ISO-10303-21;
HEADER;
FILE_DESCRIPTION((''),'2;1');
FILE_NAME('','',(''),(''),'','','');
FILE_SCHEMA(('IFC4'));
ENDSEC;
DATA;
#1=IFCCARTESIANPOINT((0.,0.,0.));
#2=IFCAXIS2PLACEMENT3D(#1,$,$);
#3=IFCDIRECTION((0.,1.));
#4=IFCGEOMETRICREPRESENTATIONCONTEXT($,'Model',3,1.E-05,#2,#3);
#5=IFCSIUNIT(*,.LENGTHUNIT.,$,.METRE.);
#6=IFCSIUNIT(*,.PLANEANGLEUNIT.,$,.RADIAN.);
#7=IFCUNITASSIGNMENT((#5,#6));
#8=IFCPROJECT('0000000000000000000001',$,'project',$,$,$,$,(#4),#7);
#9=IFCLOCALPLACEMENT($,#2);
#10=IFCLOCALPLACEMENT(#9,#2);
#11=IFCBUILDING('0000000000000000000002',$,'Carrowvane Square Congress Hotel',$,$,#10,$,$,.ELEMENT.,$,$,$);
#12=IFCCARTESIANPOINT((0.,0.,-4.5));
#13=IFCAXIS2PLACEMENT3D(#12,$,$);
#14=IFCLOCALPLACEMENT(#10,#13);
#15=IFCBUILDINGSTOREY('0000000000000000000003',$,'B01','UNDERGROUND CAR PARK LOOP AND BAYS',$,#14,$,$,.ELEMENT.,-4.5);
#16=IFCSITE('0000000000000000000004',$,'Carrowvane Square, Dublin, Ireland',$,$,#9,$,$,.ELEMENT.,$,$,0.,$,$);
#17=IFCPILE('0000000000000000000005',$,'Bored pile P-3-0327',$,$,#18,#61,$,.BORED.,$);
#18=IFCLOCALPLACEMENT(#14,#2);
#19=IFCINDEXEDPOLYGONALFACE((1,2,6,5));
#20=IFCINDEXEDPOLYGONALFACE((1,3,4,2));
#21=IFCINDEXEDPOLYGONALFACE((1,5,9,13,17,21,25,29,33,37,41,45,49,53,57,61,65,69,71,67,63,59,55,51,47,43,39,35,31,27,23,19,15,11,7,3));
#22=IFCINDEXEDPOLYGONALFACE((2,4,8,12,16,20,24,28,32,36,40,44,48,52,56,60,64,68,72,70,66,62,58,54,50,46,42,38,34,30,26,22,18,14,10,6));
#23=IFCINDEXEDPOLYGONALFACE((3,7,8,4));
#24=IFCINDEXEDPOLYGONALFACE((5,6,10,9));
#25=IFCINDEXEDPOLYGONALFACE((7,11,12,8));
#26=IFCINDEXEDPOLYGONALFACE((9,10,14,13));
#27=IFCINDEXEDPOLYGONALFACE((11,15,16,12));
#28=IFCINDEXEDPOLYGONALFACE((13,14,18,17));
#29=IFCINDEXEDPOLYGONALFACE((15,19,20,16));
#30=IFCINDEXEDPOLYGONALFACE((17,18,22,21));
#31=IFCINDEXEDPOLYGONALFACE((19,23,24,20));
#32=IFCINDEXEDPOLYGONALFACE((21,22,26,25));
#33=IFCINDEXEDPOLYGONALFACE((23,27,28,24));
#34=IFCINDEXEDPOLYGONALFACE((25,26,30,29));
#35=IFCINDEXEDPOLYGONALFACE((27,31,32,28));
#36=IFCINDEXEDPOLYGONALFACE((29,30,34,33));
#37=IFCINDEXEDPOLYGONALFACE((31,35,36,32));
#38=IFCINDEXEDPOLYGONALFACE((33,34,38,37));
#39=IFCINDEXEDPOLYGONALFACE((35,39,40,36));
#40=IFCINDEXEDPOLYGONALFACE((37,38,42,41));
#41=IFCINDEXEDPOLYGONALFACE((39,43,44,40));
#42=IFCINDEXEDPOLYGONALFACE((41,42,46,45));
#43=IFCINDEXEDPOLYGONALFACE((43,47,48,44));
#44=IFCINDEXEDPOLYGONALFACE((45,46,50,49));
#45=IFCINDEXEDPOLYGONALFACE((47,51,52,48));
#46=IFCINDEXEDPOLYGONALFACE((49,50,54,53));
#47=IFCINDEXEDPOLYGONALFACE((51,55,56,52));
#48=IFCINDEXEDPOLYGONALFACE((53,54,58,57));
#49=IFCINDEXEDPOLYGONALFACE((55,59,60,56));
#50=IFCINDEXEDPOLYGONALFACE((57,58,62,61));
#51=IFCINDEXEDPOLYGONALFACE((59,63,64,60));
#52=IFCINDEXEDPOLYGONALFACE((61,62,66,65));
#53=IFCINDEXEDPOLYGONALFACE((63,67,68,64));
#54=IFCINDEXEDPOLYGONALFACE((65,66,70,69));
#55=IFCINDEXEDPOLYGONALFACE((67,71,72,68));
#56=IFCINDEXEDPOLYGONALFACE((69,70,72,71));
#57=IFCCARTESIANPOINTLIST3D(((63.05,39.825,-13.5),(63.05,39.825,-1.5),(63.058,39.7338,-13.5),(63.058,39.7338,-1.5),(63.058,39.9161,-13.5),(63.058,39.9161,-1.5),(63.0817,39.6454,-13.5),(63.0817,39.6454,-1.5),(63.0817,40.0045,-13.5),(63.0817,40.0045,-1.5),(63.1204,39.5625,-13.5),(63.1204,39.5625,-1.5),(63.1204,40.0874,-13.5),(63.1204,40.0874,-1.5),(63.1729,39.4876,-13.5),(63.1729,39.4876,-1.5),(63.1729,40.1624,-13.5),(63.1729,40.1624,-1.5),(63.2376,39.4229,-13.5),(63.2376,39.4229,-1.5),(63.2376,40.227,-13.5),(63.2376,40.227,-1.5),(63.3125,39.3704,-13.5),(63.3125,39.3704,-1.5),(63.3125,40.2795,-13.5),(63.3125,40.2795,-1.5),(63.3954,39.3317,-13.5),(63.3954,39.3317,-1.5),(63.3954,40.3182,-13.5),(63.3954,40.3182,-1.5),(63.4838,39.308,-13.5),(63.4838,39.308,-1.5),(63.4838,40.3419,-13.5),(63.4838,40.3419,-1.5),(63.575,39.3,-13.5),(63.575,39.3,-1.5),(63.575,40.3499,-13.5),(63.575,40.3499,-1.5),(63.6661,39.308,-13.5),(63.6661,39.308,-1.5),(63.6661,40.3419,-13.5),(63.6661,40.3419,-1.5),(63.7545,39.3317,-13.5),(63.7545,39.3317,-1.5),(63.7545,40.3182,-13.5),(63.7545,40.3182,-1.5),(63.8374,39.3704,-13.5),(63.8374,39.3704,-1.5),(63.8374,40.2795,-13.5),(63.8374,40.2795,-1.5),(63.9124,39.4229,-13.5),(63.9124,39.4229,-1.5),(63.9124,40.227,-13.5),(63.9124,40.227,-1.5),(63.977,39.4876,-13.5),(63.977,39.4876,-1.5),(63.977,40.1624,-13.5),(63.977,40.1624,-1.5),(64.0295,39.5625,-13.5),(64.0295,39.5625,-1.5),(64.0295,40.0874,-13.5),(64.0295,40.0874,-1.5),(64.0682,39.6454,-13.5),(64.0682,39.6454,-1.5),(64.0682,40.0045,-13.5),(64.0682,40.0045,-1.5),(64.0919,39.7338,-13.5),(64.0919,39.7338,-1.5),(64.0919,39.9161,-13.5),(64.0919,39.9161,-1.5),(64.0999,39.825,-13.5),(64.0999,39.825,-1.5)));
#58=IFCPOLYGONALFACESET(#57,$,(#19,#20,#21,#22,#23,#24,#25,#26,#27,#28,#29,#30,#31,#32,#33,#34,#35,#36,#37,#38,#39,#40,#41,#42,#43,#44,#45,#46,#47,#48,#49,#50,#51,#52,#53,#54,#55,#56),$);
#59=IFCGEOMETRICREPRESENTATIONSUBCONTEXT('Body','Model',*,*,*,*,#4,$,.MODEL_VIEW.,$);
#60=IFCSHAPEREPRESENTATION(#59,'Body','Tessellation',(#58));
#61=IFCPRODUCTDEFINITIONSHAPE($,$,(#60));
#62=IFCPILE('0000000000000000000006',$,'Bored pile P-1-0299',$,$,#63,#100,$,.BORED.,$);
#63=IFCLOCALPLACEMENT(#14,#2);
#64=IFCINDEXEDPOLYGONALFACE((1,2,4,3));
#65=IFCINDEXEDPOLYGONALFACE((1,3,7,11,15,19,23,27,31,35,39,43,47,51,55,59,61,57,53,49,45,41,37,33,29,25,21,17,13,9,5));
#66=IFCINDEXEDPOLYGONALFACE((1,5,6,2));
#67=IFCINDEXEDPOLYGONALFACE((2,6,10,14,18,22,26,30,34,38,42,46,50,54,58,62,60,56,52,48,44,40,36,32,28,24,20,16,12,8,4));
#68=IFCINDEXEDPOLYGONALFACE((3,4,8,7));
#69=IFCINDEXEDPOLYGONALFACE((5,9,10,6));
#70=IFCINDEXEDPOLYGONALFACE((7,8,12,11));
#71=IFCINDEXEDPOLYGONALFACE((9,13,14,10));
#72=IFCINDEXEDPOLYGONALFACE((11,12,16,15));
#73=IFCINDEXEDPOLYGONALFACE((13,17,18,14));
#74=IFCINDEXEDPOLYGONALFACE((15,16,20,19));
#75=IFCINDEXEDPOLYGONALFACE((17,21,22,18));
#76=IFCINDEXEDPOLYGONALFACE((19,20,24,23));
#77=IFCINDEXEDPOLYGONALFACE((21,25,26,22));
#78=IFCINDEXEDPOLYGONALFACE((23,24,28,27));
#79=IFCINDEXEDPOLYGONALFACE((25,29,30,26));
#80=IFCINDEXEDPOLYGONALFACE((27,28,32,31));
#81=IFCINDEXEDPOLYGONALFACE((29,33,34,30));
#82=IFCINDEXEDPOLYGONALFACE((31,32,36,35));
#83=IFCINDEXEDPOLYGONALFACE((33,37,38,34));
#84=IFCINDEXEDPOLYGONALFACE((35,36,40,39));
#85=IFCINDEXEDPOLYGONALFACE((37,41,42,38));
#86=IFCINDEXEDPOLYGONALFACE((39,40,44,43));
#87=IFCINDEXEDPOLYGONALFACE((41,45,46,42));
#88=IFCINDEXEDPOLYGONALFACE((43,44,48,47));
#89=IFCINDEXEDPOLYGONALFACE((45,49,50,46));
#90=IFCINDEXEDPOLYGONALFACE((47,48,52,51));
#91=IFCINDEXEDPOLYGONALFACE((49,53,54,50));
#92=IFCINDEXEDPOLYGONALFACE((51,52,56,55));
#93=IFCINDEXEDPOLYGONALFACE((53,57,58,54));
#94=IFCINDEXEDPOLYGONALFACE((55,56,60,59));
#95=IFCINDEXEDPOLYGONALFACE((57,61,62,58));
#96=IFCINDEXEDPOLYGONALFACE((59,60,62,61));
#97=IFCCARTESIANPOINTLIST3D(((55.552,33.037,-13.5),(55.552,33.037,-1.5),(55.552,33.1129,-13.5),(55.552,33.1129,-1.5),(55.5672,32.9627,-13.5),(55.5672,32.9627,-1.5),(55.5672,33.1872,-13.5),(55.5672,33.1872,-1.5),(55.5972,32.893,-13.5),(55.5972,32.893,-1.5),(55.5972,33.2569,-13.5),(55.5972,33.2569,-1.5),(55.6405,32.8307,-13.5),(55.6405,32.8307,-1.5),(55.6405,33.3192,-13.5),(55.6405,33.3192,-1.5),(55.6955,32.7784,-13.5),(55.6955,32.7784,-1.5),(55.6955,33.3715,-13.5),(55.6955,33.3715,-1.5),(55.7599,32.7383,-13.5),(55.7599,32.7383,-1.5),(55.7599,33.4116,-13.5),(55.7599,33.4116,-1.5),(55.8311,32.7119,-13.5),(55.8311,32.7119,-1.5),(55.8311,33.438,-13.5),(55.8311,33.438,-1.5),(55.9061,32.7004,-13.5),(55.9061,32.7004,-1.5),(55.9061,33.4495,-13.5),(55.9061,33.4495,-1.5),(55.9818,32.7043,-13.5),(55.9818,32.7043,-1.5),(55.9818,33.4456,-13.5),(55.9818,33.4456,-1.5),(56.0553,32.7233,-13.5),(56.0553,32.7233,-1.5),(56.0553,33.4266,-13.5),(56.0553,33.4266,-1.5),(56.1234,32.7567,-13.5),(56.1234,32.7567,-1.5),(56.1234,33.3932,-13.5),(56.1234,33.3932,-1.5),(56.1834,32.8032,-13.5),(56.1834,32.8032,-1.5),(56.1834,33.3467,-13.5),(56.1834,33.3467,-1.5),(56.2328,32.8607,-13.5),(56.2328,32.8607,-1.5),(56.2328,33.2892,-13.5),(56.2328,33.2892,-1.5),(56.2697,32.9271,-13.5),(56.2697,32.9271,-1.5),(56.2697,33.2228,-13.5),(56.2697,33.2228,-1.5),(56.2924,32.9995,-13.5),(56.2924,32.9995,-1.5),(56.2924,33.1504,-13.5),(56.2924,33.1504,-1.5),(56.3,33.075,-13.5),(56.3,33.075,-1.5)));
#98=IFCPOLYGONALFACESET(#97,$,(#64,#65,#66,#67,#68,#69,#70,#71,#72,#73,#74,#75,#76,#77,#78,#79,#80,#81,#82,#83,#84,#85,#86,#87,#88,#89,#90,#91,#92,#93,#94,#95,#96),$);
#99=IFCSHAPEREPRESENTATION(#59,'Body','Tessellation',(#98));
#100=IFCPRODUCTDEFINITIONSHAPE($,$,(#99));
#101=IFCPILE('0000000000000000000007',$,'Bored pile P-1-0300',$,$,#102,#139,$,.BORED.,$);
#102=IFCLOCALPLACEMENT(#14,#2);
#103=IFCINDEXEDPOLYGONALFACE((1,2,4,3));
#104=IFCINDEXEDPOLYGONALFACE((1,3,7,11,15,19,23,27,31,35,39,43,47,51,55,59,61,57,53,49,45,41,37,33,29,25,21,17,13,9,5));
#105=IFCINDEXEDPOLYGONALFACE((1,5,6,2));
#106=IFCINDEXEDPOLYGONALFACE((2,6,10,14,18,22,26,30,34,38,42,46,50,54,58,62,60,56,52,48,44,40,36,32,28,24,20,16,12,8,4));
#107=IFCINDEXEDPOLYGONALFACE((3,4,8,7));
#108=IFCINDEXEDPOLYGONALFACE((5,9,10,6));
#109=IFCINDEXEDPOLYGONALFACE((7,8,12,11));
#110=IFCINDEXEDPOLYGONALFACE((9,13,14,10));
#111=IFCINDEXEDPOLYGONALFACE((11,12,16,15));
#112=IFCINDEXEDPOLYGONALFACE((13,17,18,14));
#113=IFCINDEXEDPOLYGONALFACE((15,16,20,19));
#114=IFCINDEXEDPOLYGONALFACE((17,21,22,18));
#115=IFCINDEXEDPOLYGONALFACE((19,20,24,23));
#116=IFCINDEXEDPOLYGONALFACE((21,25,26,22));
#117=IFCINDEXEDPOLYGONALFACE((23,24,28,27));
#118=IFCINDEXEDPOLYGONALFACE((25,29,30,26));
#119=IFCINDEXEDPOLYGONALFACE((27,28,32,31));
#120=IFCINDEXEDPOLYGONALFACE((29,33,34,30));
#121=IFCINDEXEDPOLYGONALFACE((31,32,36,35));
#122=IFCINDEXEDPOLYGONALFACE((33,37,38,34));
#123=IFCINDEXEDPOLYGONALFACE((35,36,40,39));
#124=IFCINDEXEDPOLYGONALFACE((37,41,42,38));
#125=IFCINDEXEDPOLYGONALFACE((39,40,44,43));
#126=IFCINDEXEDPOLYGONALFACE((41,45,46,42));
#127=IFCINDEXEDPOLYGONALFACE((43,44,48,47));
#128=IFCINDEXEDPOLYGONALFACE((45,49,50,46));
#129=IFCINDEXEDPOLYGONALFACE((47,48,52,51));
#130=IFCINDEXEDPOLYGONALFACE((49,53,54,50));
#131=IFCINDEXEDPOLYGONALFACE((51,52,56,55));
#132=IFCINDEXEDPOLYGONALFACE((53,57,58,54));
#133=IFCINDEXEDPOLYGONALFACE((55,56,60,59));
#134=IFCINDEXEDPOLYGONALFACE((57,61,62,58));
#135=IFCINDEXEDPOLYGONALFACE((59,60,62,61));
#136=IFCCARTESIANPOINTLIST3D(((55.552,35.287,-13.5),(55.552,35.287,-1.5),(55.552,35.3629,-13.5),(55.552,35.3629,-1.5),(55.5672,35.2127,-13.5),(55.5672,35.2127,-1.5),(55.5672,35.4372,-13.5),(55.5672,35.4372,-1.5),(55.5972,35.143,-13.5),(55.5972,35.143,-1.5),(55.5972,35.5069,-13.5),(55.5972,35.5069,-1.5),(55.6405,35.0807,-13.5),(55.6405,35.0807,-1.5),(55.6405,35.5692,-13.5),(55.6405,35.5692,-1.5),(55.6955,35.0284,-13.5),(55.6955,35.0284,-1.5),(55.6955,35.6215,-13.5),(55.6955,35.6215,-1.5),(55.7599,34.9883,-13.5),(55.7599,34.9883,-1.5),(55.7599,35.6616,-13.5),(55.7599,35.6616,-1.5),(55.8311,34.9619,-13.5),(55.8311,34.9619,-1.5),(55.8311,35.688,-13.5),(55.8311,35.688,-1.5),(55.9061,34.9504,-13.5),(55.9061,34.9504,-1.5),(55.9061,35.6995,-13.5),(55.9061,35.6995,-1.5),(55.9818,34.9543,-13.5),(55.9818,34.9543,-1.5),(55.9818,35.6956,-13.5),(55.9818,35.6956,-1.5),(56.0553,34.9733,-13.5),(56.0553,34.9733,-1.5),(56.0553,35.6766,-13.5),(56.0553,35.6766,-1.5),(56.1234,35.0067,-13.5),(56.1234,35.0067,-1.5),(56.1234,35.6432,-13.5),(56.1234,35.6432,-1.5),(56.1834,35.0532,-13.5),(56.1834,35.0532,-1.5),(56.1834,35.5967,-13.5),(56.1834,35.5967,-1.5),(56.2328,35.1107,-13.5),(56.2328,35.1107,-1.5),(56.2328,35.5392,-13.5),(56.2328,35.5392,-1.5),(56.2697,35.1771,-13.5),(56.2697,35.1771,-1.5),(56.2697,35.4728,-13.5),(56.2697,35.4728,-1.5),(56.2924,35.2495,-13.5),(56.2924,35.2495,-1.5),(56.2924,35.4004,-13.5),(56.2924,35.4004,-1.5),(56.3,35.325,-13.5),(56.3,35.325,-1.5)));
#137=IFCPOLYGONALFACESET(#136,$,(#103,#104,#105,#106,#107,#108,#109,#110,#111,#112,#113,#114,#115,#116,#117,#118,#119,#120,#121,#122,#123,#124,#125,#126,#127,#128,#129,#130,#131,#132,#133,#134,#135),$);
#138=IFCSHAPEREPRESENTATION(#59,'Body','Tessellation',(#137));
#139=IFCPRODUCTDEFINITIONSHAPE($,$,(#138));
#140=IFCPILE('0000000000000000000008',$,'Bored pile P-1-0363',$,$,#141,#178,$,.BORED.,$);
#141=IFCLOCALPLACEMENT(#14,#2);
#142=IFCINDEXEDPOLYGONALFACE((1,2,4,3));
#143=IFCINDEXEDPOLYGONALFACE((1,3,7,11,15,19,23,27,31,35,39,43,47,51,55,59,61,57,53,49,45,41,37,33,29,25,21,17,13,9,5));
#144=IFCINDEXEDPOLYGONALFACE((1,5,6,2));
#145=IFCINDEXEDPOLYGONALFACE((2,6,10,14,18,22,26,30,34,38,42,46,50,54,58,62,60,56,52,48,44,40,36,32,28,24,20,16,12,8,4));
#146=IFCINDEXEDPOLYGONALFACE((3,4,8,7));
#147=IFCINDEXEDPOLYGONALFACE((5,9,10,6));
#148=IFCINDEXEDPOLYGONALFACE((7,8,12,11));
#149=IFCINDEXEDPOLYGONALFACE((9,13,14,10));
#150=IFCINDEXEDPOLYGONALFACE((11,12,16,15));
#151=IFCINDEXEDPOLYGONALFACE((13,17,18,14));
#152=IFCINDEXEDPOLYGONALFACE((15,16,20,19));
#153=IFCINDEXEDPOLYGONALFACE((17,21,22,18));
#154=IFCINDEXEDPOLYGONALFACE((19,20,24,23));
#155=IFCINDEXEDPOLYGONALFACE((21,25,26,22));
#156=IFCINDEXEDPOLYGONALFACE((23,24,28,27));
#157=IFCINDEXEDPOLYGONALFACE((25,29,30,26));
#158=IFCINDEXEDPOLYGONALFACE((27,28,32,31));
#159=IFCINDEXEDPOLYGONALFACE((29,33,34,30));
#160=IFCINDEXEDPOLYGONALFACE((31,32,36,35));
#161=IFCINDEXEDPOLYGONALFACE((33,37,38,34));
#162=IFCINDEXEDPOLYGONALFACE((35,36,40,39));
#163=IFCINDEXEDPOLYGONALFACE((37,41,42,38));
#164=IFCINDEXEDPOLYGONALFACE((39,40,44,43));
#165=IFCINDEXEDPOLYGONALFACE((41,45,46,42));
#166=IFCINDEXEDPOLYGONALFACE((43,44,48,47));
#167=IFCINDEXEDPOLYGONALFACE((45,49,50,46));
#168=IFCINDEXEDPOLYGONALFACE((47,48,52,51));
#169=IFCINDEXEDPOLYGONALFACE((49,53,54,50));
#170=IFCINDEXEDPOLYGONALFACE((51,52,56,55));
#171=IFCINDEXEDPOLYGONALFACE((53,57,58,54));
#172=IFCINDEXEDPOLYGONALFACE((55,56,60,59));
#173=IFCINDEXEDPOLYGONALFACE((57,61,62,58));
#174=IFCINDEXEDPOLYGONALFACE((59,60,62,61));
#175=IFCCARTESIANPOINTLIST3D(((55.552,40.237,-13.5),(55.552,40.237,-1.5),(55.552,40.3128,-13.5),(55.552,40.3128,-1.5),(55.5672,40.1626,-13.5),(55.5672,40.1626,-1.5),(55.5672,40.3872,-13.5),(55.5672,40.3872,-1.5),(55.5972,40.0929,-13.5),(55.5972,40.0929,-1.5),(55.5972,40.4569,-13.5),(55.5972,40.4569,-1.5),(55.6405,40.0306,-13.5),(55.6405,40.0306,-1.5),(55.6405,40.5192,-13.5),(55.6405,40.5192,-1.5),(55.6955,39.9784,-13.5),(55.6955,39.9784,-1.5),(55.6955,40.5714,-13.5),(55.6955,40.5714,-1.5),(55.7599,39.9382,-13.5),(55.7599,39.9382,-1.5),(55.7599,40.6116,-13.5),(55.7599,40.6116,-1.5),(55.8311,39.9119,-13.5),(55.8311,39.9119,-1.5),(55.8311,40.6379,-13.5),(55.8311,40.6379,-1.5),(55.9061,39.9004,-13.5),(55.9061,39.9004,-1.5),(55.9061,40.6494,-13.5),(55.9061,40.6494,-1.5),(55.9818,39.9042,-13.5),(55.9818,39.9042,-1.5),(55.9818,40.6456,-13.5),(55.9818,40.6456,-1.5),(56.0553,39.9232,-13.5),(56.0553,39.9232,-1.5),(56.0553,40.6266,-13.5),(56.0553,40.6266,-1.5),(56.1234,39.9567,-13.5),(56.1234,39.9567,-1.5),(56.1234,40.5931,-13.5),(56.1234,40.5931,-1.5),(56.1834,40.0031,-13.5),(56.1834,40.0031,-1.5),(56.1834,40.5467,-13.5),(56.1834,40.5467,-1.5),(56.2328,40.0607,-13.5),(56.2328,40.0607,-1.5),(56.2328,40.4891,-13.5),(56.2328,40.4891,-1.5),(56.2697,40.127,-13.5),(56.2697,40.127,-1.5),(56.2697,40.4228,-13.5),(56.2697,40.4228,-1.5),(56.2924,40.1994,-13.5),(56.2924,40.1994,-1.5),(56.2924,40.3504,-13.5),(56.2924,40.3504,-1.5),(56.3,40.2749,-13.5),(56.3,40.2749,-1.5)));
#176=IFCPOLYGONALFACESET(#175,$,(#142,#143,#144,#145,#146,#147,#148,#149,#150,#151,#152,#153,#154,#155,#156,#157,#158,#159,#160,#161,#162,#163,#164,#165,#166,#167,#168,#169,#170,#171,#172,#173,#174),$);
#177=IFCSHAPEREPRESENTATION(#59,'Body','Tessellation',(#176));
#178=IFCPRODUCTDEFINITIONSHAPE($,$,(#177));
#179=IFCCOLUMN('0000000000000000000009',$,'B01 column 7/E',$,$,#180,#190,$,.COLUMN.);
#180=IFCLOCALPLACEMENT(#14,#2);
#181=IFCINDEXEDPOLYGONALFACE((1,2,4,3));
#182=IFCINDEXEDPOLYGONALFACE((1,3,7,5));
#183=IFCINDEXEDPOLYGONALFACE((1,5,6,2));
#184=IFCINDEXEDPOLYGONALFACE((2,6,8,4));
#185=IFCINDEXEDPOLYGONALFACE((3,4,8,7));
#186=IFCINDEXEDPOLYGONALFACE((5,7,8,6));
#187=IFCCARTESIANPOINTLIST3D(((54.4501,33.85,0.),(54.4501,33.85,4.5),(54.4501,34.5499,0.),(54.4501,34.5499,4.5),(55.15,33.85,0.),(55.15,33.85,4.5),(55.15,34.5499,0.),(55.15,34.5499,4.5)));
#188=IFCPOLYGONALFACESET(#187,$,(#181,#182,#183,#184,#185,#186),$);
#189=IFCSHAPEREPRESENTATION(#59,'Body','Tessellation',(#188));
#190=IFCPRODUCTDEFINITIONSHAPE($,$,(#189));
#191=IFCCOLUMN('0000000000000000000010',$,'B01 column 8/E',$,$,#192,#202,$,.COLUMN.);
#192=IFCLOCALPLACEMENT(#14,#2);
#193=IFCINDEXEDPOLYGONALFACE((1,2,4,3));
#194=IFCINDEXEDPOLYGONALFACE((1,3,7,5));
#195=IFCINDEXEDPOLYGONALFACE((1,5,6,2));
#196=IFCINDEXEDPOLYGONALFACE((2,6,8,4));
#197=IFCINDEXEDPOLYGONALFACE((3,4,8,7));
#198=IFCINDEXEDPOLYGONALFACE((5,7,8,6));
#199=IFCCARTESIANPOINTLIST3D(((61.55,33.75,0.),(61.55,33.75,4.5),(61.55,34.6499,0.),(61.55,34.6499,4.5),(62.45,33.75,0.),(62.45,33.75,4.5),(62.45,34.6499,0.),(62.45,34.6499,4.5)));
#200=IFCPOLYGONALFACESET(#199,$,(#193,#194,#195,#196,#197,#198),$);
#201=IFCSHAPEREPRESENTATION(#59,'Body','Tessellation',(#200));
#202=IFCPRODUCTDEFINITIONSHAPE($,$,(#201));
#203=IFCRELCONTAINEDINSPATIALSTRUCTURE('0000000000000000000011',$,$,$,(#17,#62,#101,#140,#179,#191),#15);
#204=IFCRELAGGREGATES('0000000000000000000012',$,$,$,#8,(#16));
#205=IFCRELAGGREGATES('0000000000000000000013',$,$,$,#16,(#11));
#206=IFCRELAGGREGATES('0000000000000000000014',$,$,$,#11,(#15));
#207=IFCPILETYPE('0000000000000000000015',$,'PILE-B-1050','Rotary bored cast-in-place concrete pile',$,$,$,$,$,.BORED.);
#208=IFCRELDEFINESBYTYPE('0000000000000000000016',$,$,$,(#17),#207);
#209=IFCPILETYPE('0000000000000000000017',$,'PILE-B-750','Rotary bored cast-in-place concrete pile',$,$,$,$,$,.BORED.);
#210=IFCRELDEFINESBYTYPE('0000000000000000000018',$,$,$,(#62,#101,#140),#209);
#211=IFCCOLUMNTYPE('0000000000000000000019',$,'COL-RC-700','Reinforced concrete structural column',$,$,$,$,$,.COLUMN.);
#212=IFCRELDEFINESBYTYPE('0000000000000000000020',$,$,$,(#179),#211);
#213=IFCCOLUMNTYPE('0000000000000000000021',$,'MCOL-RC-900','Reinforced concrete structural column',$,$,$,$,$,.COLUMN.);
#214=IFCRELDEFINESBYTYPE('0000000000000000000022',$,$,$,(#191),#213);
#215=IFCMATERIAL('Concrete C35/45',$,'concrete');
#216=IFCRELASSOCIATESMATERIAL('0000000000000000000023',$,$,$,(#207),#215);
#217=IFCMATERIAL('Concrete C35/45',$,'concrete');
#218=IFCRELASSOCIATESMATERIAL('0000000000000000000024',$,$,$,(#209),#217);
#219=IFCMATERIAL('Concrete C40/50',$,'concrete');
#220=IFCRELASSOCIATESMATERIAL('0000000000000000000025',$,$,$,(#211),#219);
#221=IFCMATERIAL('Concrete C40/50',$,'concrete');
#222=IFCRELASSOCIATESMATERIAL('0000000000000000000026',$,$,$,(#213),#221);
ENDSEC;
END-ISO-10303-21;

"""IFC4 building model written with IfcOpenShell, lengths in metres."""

from ifc_helpers import new_model, si_unit, direction, frame, origin, origin_2d, place, context, subcontext, project, spatial, rectangle, circle, extrude, material, material_profile, profile_set, type_object, element, save


model = new_model("IFC4")

# Units and contexts
model_context = context("Model", 3, precision=1e-05, world=origin(), true_north=direction((0.0, 1.0)))
body_context = subcontext(model_context, "Body", "Model", "MODEL_VIEW")
ifc_project = project(units=[si_unit("LENGTHUNIT", "METRE"), si_unit("PLANEANGLEUNIT", "RADIAN")], contexts=[model_context])

# Site, building, storey
site_placement = place(None, origin())
site = spatial("IfcSite", under=ifc_project, at=site_placement, Name="Carrowvane Square, Dublin, Ireland", CompositionType="ELEMENT", RefElevation=0.0)
building_placement = place(site_placement, origin())
building = spatial("IfcBuilding", under=site, at=building_placement, Name="Carrowvane Square Congress Hotel", CompositionType="ELEMENT")
storey_placement = place(building_placement, frame((0.0, 0.0, -4.5)))
storey = spatial("IfcBuildingStorey", under=building, at=storey_placement, Name="B01", Description="UNDERGROUND CAR PARK LOOP AND BAYS", CompositionType="ELEMENT", Elevation=-4.5)

# Piles
ifc_material_1 = material(Name="Concrete C35/45", Category="concrete")
ifc_material_profile_1 = material_profile(ifc_material_1, circle(Radius=0.5249, at=origin_2d()), Name="PILE D1050")
ifc_profile_set_1 = profile_set([ifc_material_profile_1], Name="Concrete C35/45")
pile_type_1 = type_object("IfcPileType", Name="PILE-B-1050", Description="Rotary bored cast-in-place concrete pile", PredefinedType="BORED", material=ifc_profile_set_1)
for number, where, z_axis, x_axis, name in (
    (1, (63.575, 39.825, -1.5), (0.0, 0.0, -1.0), (1.0, 0.0, 0.0), "Bored pile P-3-0327"),
):
    element("IfcPile", number, at=place(storey_placement, frame(where, z_axis=z_axis, x_axis=x_axis)), inside=storey, type_object=pile_type_1, Name=name, PredefinedType="BORED", context=body_context, shape_type="SweptSolid", body=[
        extrude(circle(Radius=0.5249, at=origin_2d()), origin(), (0.0, 0.0, 1.0), 12.0),
    ])
ifc_material_2 = material(Name="Concrete C35/45", Category="concrete")
ifc_material_profile_2 = material_profile(ifc_material_2, circle(Radius=0.375, at=origin_2d()), Name="PILE D750")
ifc_profile_set_2 = profile_set([ifc_material_profile_2], Name="Concrete C35/45")
pile_type_2 = type_object("IfcPileType", Name="PILE-B-750", Description="Rotary bored cast-in-place concrete pile", PredefinedType="BORED", material=ifc_profile_set_2)
for number, where, z_axis, x_axis, name in (
    (2, (55.925, 33.075, -1.5), (0.0, 0.0, -1.0), (1.0, 0.0, 0.0), "Bored pile P-1-0299"),
    (3, (55.925, 35.325, -1.5), (0.0, 0.0, -1.0), (1.0, 0.0, 0.0), "Bored pile P-1-0300"),
    (4, (55.925, 40.2749, -1.5), (0.0, 0.0, -1.0), (1.0, 0.0, 0.0), "Bored pile P-1-0363"),
):
    element("IfcPile", number, at=place(storey_placement, frame(where, z_axis=z_axis, x_axis=x_axis)), inside=storey, type_object=pile_type_2, Name=name, PredefinedType="BORED", context=body_context, shape_type="SweptSolid", body=[
        extrude(circle(Radius=0.375, at=origin_2d()), origin(), (0.0, 0.0, 1.0), 12.0),
    ])

# Columns
ifc_material_3 = material(Name="Concrete C40/50", Category="concrete")
ifc_material_profile_3 = material_profile(ifc_material_3, rectangle(XDim=0.7, YDim=0.7, at=origin_2d()), Name="RC 700x700")
ifc_profile_set_3 = profile_set([ifc_material_profile_3], Name="Concrete C40/50")
column_type_1 = type_object("IfcColumnType", Name="COL-RC-700", Description="Reinforced concrete structural column", PredefinedType="COLUMN", material=ifc_profile_set_3)
column_1_placement = place(storey_placement, frame((54.8, 34.2, 0.0), z_axis=(0.0, 0.0, 1.0), x_axis=(1.0, 0.0, 0.0)))
element("IfcColumn", 5, at=column_1_placement, inside=storey, type_object=column_type_1, Name="B01 column 7/E", PredefinedType="COLUMN", context=body_context, shape_type="SweptSolid", body=[
    extrude(rectangle(XDim=0.7, YDim=0.7, at=origin_2d()), origin(), (0.0, 0.0, 1.0), 4.5),
])
ifc_material_4 = material(Name="Concrete C40/50", Category="concrete")
ifc_material_profile_4 = material_profile(ifc_material_4, rectangle(XDim=0.8999, YDim=0.8999, at=origin_2d()), Name="RC 900x900")
ifc_profile_set_4 = profile_set([ifc_material_profile_4], Name="Concrete C40/50")
column_type_2 = type_object("IfcColumnType", Name="MCOL-RC-900", Description="Reinforced concrete structural column", PredefinedType="COLUMN", material=ifc_profile_set_4)
column_2_placement = place(storey_placement, frame((62.0, 34.2, 0.0), z_axis=(0.0, 0.0, 1.0), x_axis=(1.0, 0.0, 0.0)))
element("IfcColumn", 6, at=column_2_placement, inside=storey, type_object=column_type_2, Name="B01 column 8/E", PredefinedType="COLUMN", context=body_context, shape_type="SweptSolid", body=[
    extrude(rectangle(XDim=0.8999, YDim=0.8999, at=origin_2d()), origin(), (0.0, 0.0, 1.0), 4.5),
])

save(model, "model.ifc")
